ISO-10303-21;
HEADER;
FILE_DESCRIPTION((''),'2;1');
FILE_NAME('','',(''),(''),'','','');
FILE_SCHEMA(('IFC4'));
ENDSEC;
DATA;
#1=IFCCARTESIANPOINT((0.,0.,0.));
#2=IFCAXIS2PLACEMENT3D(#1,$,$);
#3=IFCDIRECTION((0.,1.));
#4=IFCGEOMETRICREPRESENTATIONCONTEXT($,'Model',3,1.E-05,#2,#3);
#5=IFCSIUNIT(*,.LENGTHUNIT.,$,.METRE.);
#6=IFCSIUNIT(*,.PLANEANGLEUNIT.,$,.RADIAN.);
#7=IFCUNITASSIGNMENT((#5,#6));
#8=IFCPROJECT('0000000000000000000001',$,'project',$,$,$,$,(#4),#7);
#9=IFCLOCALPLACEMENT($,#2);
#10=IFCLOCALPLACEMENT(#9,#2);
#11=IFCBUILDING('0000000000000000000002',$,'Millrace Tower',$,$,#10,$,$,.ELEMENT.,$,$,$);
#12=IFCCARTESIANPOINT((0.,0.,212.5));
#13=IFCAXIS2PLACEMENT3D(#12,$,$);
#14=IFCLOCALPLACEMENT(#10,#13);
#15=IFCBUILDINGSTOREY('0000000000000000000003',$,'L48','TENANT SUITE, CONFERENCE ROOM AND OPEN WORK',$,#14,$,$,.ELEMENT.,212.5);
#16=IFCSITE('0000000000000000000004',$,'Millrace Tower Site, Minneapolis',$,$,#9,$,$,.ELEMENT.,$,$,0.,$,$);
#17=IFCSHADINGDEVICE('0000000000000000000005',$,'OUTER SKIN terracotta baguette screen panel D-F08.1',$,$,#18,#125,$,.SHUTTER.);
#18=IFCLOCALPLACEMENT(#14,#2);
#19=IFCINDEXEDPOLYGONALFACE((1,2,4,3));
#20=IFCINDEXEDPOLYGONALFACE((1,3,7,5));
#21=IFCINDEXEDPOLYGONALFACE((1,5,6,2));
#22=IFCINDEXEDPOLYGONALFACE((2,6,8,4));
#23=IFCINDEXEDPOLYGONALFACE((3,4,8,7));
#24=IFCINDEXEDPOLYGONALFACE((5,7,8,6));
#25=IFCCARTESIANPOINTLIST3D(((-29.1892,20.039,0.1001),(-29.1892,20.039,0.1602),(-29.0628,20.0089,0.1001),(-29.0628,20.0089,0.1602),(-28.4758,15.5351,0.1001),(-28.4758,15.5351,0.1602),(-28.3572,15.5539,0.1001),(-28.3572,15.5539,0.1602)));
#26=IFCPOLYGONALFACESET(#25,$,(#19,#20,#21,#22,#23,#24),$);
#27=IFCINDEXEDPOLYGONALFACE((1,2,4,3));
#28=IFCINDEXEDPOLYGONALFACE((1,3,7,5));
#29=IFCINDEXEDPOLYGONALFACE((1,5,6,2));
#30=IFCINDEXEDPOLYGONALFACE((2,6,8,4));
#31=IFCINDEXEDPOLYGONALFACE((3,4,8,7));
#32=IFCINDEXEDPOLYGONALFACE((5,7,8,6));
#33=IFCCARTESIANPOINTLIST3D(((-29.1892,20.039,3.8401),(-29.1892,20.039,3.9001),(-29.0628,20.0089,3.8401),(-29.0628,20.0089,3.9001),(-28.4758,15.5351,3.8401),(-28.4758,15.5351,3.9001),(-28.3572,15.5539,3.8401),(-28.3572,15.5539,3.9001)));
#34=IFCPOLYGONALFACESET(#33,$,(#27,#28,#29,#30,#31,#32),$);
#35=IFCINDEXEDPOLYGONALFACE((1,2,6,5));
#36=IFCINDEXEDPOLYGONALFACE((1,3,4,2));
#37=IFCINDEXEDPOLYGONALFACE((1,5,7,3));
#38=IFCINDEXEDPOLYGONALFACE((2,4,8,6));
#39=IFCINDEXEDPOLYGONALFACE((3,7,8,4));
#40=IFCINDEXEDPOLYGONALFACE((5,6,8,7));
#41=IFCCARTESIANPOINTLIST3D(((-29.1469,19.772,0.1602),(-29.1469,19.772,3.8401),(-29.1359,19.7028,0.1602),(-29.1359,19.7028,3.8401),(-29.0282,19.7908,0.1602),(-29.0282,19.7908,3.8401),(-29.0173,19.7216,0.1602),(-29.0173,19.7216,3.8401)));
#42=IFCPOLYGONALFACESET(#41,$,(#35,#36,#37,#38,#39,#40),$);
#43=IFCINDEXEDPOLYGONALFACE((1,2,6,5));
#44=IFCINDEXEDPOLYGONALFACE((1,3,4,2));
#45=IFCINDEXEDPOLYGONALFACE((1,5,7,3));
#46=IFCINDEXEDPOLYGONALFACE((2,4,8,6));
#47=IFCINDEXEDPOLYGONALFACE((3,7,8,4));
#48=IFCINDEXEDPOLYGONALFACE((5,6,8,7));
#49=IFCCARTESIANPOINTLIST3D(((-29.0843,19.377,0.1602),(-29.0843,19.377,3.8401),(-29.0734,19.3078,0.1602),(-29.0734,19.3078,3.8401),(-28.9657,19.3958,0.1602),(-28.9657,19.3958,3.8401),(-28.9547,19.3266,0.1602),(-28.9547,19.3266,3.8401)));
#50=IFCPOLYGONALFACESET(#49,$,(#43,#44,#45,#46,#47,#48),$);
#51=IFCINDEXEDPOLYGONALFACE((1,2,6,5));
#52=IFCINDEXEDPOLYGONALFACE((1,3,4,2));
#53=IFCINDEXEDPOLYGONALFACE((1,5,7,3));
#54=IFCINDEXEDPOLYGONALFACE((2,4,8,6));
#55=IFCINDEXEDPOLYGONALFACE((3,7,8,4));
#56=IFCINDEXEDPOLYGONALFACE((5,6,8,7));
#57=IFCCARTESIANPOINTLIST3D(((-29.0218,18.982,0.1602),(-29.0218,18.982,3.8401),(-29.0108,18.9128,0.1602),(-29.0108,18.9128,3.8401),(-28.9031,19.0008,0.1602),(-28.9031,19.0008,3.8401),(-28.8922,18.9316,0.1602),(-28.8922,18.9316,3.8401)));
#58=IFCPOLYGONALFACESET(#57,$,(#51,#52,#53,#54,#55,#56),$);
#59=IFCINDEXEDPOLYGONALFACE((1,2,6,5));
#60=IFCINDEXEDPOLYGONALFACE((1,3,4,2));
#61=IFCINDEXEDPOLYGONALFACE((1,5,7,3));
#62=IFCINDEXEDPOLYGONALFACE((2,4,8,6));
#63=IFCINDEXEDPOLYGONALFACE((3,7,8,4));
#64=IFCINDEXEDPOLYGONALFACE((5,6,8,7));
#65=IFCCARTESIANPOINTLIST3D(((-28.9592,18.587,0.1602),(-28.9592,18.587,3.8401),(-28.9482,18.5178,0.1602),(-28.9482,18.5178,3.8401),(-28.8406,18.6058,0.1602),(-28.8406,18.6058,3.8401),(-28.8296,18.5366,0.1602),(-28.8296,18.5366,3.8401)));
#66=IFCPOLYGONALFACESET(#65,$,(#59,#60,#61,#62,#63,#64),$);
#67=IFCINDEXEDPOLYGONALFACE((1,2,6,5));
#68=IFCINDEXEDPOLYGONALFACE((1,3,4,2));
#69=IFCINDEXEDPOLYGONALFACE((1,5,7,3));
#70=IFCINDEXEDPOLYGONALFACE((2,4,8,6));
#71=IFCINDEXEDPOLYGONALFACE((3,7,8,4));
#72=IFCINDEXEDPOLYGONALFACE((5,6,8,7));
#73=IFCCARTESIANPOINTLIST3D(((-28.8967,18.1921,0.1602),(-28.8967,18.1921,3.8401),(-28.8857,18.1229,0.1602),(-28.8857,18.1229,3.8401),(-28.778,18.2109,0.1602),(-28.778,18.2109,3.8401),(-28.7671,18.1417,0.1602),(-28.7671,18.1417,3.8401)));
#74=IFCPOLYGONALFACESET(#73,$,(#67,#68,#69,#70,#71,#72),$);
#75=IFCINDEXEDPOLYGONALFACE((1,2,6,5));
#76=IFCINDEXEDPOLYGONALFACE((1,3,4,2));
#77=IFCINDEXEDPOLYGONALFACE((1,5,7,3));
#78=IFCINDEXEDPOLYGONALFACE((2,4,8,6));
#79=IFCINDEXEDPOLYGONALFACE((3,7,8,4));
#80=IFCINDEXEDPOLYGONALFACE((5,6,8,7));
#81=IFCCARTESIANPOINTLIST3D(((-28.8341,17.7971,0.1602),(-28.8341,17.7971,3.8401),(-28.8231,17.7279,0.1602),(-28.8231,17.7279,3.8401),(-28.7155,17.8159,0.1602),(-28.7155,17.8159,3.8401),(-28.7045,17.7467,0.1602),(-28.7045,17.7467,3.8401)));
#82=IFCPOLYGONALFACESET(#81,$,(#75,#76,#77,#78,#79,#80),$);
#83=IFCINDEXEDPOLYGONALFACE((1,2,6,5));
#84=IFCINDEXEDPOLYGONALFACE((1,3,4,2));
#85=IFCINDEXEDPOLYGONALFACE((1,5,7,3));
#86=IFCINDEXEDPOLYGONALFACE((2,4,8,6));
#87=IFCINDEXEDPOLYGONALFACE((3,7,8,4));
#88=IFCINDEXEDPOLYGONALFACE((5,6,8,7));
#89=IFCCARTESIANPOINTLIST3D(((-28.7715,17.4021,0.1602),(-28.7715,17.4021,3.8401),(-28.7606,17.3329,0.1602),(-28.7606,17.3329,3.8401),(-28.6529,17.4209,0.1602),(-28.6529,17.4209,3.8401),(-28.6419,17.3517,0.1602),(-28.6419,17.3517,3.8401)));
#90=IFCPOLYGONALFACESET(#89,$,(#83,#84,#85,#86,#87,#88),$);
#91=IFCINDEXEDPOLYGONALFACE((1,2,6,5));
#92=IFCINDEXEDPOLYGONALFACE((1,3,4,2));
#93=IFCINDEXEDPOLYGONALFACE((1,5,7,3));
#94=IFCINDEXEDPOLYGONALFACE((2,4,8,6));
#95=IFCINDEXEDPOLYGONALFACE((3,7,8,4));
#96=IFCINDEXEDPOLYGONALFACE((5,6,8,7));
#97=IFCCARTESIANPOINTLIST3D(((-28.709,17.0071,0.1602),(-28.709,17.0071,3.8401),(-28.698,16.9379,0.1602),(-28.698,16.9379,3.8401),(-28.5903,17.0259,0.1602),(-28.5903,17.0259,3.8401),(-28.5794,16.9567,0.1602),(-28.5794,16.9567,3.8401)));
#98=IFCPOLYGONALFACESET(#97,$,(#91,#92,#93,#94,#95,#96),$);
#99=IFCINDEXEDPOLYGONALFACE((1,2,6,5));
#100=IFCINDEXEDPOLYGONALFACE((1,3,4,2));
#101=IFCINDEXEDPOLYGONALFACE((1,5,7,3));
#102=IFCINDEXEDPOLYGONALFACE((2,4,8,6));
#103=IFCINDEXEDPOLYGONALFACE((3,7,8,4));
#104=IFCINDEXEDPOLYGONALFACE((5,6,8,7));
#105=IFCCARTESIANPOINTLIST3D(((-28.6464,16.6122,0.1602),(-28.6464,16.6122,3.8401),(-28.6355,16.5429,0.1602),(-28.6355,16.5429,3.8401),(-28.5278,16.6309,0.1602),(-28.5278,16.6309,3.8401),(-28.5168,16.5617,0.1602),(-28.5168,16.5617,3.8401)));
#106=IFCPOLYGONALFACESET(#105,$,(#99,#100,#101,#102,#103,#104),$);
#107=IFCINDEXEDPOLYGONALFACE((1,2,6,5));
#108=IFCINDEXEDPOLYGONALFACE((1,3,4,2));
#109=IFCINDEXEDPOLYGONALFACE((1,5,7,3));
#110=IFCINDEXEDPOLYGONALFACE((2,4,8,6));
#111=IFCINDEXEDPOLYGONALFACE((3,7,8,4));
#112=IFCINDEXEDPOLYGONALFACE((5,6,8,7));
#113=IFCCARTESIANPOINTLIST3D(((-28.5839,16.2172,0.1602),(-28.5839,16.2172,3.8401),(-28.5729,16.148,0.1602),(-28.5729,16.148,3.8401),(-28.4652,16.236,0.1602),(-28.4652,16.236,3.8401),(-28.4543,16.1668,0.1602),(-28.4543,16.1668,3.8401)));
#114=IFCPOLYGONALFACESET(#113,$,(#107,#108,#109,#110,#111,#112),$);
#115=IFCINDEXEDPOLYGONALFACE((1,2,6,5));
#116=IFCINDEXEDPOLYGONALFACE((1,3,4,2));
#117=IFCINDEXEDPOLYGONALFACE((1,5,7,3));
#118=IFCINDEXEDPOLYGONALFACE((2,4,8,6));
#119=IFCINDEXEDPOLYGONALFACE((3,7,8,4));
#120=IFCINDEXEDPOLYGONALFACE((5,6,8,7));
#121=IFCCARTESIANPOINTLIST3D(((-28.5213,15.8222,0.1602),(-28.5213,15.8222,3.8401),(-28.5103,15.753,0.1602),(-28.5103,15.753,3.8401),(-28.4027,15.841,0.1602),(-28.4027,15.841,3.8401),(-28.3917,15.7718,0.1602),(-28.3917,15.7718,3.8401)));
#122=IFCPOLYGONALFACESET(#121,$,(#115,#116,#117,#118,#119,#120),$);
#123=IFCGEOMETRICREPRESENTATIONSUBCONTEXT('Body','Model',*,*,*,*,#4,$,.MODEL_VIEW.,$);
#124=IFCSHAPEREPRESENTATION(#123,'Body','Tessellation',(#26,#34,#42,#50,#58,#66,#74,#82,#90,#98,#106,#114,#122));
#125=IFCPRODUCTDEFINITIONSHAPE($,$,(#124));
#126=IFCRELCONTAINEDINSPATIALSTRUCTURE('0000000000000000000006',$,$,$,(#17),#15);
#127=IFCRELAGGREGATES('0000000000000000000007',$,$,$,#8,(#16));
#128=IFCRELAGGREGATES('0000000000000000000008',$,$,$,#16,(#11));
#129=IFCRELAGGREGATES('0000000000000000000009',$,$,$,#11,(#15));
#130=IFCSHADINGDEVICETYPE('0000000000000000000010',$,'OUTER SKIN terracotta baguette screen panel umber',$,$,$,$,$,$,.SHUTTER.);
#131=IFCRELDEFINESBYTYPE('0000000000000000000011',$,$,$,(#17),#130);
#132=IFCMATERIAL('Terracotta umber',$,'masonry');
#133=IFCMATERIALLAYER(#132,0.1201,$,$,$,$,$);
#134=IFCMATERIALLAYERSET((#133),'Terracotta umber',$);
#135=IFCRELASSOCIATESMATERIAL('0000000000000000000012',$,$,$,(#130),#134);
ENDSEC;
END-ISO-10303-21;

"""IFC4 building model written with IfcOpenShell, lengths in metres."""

from ifc_helpers import new_model, entity, si_unit, direction, frame, frame_2d, origin, place, context, subcontext, project, spatial, rectangle, extrude, source, transform, mapped, material, layer, layer_set, type_object, element, save


model = new_model("IFC4")

# Units and contexts
model_context = context("Model", 3, precision=1e-05, world=origin(), true_north=direction((0.0, 1.0)))
body_context = subcontext(model_context, "Body", "Model", "MODEL_VIEW")
ifc_project = project(units=[si_unit("LENGTHUNIT", "METRE"), si_unit("PLANEANGLEUNIT", "RADIAN")], contexts=[model_context])

# Site, building, storey
site_placement = place(None, origin())
site = spatial("IfcSite", under=ifc_project, at=site_placement, Name="Millrace Tower Site, Minneapolis", CompositionType="ELEMENT", RefElevation=0.0)
building_placement = place(site_placement, origin())
building = spatial("IfcBuilding", under=site, at=building_placement, Name="Millrace Tower", CompositionType="ELEMENT")
storey_placement = place(building_placement, frame((0.0, 0.0, 212.5)))
storey = spatial("IfcBuildingStorey", under=building, at=storey_placement, Name="L48", Description="TENANT SUITE, CONFERENCE ROOM AND OPEN WORK", CompositionType="ELEMENT", Elevation=212.5)

# Shading device
ifc_material_1 = material(Name="Terracotta umber", Category="masonry")
ifc_layer_1 = layer(ifc_material_1, 0.1201)
ifc_layer_set_1 = layer_set([ifc_layer_1], Name="Terracotta umber")
shading_device_type = type_object("IfcShadingDeviceType", Name="OUTER SKIN terracotta baguette screen panel umber", PredefinedType="SHUTTER", material=ifc_layer_set_1)
cartesian_point_1 = entity("IfcCartesianPoint", [-2.2429, 0.0601])
shared_polyline_1 = entity("IfcPolyline", [cartesian_point_1, entity("IfcCartesianPoint", [2.2676, 0.0601]), entity("IfcCartesianPoint", [2.2676, -0.0601]), entity("IfcCartesianPoint", [-2.2925, -0.0601]), cartesian_point_1])
shared_shape_1 = source(origin(), body_context, "Body", "SweptSolid", [
    entity("IfcExtrudedAreaSolid", entity("IfcArbitraryClosedProfileDef", "AREA", None, shared_polyline_1), entity("IfcAxis2Placement3D", entity("IfcCartesianPoint", [0.0, 0.0, 0.0])), entity("IfcDirection", [0.0, 0.0, 1.0]), 0.0601),
    entity("IfcExtrudedAreaSolid", entity("IfcArbitraryClosedProfileDef", "AREA", None, shared_polyline_1), entity("IfcAxis2Placement3D", entity("IfcCartesianPoint", [0.0, 0.0, 3.74])), entity("IfcDirection", [0.0, 0.0, 1.0]), 0.0601),
    extrude(rectangle(XDim=0.0701, YDim=0.1201, at=frame_2d((-1.9871, 0.0))), frame((0.0, 0.0, 0.0601)), (0.0, 0.0, 1.0), 3.6799),
    extrude(rectangle(XDim=0.0701, YDim=0.1201, at=frame_2d((-1.5872, 0.0))), frame((0.0, 0.0, 0.0601)), (0.0, 0.0, 1.0), 3.6799),
    extrude(rectangle(XDim=0.0701, YDim=0.1201, at=frame_2d((-1.1873, 0.0))), frame((0.0, 0.0, 0.0601)), (0.0, 0.0, 1.0), 3.6799),
    extrude(rectangle(XDim=0.0701, YDim=0.1201, at=frame_2d((-0.7874, 0.0))), frame((0.0, 0.0, 0.0601)), (0.0, 0.0, 1.0), 3.6799),
    extrude(rectangle(XDim=0.0701, YDim=0.1201, at=frame_2d((-0.3875, 0.0))), frame((0.0, 0.0, 0.0601)), (0.0, 0.0, 1.0), 3.6799),
    extrude(rectangle(XDim=0.0701, YDim=0.1201, at=frame_2d((0.0125, 0.0))), frame((0.0, 0.0, 0.0601)), (0.0, 0.0, 1.0), 3.6799),
    extrude(rectangle(XDim=0.0701, YDim=0.1201, at=frame_2d((0.4124, 0.0))), frame((0.0, 0.0, 0.0601)), (0.0, 0.0, 1.0), 3.6799),
    extrude(rectangle(XDim=0.0701, YDim=0.1201, at=frame_2d((0.8123, 0.0))), frame((0.0, 0.0, 0.0601)), (0.0, 0.0, 1.0), 3.6799),
    extrude(rectangle(XDim=0.0701, YDim=0.1201, at=frame_2d((1.2122, 0.0))), frame((0.0, 0.0, 0.0601)), (0.0, 0.0, 1.0), 3.6799),
    extrude(rectangle(XDim=0.0701, YDim=0.1201, at=frame_2d((1.6121, 0.0))), frame((0.0, 0.0, 0.0601)), (0.0, 0.0, 1.0), 3.6799),
    extrude(rectangle(XDim=0.0701, YDim=0.1201, at=frame_2d((2.012, 0.0))), frame((0.0, 0.0, 0.0601)), (0.0, 0.0, 1.0), 3.6799),
])
shading_device_1_placement = place(storey_placement, frame((-28.7712, 17.7842, 0.1001), z_axis=(0.0, 0.0, 1.0), x_axis=(0.156434, -0.987688, 0.0)))
element("IfcShadingDevice", 1, at=shading_device_1_placement, inside=storey, type_object=shading_device_type, Name="OUTER SKIN terracotta baguette screen panel D-F08.1", PredefinedType="SHUTTER", context=body_context, shape_type="MappedRepresentation", body=[
    mapped(shared_shape_1, transform((0.0, 0.0, 0.0), scale=1.0)),
])

save(model, "model.ifc")
